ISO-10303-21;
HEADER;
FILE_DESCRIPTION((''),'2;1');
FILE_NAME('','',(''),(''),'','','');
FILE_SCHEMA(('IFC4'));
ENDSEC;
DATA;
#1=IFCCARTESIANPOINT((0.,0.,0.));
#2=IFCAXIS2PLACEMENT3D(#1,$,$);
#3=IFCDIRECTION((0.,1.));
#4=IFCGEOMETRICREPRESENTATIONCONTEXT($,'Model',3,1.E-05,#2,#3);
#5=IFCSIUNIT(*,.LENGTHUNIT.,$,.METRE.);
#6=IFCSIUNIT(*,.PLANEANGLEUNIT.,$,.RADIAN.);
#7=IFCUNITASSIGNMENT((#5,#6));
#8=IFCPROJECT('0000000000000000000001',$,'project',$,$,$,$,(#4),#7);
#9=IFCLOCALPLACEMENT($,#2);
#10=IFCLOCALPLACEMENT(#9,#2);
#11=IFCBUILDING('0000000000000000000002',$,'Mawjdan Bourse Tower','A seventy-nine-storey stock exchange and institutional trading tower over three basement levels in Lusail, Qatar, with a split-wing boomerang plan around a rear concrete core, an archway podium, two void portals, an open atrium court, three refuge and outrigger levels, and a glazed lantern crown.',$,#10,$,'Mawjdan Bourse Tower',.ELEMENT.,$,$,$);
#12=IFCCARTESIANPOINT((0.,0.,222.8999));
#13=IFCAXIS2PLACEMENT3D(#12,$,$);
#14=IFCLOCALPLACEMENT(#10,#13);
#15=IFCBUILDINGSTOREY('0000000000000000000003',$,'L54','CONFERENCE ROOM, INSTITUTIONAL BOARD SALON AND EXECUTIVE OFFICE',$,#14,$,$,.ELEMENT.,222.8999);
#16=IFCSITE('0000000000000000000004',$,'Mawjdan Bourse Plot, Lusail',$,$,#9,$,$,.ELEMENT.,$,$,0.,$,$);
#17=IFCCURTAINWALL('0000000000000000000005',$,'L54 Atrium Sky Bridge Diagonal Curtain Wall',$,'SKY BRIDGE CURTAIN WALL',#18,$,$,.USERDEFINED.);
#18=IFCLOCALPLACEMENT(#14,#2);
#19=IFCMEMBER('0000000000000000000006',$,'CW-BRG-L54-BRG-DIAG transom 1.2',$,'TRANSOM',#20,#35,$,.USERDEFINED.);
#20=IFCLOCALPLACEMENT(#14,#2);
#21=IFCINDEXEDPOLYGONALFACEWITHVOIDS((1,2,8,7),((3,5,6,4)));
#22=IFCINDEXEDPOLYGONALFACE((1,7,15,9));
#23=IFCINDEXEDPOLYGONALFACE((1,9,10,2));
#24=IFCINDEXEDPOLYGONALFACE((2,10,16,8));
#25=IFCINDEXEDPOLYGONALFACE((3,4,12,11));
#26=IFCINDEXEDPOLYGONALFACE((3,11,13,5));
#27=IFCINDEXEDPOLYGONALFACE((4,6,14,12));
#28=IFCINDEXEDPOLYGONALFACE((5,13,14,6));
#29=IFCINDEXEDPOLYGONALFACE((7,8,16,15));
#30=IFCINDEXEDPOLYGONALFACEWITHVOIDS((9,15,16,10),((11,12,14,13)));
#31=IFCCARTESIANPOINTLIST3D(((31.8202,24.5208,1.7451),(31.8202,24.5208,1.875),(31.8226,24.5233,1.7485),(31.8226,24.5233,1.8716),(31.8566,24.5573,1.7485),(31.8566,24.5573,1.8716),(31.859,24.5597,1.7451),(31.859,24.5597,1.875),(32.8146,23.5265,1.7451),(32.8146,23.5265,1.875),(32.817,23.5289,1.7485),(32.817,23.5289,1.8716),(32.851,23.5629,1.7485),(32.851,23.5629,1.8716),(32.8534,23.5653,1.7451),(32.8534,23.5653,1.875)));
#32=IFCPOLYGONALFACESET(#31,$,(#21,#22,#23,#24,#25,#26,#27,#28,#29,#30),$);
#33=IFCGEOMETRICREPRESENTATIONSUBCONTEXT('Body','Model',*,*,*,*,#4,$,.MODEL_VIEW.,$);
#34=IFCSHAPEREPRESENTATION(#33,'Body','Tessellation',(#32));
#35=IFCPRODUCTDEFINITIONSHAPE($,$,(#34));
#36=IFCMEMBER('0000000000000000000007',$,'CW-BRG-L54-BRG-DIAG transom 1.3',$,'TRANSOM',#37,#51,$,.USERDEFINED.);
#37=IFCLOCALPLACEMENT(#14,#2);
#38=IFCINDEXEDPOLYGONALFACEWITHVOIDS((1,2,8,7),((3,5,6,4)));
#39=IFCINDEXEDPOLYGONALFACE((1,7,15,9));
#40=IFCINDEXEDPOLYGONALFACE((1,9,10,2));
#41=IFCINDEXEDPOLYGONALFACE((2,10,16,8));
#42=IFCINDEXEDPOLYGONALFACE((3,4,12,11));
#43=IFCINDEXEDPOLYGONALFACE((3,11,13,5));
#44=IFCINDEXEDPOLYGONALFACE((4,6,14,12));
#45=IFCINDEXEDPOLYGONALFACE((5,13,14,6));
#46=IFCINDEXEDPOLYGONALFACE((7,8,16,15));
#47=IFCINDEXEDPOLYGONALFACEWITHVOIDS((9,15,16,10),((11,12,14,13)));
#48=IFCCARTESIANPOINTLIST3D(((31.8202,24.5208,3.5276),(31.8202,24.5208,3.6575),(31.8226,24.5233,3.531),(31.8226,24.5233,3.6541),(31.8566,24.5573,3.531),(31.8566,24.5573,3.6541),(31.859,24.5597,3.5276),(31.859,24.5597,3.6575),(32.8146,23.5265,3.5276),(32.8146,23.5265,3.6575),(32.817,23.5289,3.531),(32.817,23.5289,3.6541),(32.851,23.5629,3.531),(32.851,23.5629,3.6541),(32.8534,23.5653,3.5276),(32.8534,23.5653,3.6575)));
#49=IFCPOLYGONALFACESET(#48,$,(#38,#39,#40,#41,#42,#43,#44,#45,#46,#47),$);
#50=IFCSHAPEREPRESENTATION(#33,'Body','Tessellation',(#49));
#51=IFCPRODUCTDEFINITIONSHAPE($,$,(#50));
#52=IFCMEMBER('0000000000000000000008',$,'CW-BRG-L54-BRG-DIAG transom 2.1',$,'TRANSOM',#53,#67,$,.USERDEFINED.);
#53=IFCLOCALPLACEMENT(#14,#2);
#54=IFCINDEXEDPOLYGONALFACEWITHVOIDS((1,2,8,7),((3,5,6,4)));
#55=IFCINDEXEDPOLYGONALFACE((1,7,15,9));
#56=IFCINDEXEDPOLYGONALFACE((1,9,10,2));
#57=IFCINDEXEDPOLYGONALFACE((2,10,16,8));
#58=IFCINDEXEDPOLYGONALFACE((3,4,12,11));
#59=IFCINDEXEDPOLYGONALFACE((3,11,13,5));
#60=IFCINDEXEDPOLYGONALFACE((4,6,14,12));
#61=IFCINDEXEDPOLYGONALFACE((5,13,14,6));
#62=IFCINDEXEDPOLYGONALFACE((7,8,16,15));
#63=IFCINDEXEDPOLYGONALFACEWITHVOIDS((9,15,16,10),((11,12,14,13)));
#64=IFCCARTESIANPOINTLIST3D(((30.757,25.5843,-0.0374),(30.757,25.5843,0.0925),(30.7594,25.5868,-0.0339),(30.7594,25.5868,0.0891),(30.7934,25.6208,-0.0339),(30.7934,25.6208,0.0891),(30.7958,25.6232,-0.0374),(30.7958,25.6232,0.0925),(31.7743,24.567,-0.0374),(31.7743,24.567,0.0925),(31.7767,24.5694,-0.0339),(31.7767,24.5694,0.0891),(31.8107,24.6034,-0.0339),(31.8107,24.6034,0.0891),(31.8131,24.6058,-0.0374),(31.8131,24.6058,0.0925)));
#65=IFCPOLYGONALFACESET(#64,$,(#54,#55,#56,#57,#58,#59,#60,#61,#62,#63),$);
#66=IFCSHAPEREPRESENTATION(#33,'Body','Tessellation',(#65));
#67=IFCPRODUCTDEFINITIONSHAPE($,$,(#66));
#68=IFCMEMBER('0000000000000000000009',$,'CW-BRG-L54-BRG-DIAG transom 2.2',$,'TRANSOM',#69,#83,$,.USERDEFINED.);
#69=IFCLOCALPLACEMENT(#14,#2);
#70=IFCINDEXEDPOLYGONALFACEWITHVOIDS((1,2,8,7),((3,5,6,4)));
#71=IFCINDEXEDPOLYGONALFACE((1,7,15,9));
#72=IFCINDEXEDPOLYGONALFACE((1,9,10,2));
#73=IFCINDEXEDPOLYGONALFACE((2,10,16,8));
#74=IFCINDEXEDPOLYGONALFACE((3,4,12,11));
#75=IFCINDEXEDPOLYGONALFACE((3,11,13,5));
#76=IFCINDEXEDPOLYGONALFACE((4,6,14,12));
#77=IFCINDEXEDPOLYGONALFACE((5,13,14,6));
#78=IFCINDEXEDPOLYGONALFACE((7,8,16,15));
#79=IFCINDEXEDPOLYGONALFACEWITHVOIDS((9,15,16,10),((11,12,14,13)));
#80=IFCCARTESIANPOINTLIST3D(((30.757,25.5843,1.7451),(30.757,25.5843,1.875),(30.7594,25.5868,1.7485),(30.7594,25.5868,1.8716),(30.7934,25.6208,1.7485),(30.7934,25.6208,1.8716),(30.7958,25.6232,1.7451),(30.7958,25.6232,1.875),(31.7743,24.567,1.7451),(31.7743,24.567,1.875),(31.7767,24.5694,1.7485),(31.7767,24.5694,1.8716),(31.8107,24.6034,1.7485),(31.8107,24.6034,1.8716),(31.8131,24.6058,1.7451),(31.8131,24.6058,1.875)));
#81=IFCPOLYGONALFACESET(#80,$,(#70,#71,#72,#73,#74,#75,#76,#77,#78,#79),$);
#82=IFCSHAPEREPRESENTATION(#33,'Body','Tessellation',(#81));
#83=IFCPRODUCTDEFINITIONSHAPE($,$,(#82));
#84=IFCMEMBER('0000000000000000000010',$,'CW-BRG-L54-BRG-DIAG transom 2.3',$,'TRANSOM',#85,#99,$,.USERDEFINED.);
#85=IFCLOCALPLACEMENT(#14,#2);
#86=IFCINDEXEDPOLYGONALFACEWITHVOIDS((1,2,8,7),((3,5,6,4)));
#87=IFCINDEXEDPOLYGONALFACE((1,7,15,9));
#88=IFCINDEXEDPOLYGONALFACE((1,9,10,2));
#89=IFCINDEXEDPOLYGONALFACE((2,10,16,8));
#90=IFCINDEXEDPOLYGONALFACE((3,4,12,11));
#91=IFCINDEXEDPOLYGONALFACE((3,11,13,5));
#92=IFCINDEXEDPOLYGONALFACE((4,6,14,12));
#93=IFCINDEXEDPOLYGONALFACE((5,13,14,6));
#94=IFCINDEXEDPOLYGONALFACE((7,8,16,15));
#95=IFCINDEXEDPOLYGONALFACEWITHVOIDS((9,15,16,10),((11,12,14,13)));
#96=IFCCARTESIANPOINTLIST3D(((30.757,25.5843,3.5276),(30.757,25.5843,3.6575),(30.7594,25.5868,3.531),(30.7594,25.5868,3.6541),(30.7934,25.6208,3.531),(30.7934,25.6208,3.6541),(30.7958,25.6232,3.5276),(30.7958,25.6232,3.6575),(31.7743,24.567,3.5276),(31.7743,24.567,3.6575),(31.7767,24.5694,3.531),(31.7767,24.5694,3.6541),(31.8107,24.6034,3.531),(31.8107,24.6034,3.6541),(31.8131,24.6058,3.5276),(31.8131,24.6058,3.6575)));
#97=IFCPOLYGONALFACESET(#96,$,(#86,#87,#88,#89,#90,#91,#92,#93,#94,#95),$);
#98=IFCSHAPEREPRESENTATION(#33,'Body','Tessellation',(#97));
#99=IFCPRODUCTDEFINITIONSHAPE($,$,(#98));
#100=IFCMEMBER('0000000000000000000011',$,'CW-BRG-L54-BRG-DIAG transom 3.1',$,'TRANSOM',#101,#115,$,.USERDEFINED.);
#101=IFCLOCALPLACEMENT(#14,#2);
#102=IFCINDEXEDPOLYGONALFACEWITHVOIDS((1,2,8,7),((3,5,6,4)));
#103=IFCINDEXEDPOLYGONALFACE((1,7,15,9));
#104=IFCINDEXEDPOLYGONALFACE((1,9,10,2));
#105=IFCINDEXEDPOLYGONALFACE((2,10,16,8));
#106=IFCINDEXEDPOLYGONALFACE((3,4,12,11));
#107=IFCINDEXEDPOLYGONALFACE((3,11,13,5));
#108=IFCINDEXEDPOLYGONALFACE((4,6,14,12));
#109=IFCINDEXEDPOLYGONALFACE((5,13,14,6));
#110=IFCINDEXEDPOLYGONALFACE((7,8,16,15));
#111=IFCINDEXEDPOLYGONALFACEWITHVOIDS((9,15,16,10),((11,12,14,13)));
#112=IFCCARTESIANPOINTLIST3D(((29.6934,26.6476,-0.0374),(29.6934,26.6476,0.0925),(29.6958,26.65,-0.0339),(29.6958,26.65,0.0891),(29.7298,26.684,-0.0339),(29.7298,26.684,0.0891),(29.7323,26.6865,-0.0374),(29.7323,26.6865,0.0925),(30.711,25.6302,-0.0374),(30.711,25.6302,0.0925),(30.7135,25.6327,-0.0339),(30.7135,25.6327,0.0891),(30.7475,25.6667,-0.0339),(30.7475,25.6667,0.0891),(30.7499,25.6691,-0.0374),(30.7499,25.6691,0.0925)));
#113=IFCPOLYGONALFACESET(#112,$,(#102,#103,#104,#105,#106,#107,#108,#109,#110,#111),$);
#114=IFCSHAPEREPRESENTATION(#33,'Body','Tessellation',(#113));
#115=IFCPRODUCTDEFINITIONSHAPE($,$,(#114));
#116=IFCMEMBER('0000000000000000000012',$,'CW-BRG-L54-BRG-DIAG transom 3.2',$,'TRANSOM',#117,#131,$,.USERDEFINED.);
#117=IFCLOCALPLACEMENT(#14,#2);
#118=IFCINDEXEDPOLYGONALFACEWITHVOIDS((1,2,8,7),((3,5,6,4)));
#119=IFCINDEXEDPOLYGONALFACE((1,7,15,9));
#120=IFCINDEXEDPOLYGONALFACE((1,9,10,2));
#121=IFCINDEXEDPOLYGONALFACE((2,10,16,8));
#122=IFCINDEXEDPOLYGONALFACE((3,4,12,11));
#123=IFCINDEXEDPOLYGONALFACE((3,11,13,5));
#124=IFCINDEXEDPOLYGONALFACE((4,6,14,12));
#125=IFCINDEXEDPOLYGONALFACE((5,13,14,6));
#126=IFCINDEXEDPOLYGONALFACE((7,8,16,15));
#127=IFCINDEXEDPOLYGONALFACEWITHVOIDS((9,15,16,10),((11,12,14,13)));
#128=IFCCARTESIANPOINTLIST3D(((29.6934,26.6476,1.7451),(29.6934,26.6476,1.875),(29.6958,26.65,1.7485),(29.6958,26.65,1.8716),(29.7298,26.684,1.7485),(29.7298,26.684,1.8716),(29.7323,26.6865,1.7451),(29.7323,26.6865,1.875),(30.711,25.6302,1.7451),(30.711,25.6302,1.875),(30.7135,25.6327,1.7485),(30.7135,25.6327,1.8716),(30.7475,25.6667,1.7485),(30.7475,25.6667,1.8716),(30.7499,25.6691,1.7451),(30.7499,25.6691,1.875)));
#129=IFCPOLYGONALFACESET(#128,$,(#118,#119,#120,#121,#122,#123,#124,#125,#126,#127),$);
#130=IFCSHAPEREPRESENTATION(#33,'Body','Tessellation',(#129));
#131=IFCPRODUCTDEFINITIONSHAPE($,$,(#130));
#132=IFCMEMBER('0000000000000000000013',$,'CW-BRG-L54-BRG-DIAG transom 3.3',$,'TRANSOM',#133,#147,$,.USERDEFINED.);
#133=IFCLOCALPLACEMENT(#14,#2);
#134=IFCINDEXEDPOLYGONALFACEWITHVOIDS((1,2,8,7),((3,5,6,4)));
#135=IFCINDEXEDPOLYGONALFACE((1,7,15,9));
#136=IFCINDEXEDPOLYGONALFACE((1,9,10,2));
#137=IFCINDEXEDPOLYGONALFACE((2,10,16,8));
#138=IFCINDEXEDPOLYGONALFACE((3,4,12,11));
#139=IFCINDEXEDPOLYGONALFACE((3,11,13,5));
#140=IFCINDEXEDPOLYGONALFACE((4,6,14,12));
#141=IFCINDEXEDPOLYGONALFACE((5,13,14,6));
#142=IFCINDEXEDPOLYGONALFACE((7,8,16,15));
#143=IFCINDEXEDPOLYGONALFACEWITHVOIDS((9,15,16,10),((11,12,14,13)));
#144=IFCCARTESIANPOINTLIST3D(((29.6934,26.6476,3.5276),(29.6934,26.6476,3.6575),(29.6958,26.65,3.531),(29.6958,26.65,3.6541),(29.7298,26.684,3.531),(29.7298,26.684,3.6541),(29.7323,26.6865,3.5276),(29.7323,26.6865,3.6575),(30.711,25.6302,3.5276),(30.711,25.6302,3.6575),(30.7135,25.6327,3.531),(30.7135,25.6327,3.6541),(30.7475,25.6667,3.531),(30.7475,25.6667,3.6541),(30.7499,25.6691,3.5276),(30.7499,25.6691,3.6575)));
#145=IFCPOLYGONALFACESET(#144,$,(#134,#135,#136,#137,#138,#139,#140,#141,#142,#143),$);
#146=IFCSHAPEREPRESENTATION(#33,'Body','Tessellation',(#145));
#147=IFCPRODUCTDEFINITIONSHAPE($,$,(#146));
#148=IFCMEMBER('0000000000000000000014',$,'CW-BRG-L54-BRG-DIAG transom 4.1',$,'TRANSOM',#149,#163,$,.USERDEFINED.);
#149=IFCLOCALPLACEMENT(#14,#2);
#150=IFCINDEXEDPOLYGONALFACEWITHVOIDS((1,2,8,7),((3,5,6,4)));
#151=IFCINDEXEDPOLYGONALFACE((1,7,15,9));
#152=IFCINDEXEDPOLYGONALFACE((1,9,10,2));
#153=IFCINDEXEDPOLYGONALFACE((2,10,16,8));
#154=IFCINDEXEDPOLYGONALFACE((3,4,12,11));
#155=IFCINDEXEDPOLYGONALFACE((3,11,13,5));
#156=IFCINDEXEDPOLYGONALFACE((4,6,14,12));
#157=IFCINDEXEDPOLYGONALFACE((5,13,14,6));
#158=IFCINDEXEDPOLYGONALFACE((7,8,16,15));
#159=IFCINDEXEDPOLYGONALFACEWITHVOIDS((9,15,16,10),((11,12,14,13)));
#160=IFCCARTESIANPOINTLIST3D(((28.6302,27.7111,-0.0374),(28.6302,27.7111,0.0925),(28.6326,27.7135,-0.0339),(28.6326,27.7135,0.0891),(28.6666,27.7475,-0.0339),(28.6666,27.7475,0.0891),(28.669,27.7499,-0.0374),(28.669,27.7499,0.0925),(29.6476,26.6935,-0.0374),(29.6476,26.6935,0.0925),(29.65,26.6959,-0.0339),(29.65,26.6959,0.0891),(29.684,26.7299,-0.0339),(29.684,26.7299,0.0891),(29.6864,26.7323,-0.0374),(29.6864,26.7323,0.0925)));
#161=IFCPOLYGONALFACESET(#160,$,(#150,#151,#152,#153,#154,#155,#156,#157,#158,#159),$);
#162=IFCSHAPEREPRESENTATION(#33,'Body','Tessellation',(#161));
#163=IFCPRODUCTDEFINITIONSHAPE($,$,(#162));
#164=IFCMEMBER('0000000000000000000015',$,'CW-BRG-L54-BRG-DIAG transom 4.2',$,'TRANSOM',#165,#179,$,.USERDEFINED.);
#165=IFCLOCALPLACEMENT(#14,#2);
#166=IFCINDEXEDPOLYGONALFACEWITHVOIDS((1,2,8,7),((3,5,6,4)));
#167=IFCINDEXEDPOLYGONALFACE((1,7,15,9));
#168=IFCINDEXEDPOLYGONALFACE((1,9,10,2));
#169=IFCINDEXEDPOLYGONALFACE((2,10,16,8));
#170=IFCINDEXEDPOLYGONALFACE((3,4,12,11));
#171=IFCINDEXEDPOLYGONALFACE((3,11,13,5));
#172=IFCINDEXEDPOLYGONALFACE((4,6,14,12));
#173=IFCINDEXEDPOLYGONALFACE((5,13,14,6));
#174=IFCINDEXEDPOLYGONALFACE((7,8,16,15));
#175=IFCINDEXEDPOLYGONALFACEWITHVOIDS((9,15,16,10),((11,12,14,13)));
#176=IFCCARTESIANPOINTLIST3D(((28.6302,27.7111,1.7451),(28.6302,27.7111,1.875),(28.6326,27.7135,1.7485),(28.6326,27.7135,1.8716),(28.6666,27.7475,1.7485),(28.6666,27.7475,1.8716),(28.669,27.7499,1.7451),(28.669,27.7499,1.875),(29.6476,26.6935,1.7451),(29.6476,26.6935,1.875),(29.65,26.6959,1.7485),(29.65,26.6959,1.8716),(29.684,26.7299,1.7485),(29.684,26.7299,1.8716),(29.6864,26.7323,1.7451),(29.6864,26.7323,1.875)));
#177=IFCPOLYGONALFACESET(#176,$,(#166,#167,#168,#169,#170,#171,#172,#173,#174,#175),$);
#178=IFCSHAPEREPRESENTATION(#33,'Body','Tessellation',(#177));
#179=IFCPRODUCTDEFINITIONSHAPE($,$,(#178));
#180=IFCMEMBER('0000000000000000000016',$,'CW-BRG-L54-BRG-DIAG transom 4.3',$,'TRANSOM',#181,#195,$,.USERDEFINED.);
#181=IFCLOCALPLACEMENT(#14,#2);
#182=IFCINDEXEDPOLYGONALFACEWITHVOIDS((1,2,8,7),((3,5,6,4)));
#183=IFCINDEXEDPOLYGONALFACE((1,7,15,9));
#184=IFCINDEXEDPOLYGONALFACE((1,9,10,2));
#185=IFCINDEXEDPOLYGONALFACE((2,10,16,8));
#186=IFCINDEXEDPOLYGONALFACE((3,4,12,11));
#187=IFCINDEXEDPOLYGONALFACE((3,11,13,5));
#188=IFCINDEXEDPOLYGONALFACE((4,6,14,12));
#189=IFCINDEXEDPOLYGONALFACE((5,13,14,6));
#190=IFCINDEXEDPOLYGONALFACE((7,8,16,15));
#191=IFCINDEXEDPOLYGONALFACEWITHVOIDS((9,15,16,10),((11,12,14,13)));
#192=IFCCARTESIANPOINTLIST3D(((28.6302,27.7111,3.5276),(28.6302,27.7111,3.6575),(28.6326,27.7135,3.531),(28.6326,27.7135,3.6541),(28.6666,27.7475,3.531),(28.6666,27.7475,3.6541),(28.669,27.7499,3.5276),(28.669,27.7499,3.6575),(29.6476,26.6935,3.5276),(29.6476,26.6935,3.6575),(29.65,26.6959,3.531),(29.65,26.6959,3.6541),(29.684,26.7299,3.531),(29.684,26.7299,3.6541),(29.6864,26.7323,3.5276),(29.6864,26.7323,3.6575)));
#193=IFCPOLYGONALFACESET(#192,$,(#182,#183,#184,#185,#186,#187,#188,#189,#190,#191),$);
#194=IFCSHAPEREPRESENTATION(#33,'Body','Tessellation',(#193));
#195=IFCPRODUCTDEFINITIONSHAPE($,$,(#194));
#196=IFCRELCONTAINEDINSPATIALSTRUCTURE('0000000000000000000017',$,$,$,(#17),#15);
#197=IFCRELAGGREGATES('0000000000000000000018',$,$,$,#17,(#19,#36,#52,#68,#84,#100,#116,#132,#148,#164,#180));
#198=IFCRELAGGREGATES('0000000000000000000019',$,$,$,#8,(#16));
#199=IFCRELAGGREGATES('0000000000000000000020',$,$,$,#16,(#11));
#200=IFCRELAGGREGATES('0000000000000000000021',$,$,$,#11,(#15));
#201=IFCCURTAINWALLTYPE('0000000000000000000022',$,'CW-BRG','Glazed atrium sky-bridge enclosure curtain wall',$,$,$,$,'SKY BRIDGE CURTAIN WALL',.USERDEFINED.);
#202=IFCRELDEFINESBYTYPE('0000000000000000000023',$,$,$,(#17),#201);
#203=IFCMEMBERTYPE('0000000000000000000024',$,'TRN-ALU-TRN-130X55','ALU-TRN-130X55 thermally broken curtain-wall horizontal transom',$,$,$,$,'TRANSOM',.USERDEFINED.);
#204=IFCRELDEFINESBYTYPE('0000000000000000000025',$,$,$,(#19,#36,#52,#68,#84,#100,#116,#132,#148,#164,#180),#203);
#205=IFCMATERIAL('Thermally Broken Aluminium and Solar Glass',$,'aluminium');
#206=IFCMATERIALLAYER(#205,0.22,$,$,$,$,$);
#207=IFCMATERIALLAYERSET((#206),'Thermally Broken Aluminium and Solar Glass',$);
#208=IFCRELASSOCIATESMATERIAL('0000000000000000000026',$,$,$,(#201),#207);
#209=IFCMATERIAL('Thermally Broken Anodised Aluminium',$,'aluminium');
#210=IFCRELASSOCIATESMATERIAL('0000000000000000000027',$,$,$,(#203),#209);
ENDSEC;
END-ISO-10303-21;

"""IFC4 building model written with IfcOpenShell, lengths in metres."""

from ifc_helpers import new_model, si_unit, direction, frame, origin, origin_2d, place, context, subcontext, project, spatial, hollow_rectangle, extrude, material, layer, layer_set, material_profile, profile_set, type_object, element, aggregate, save


model = new_model("IFC4")

# Units and contexts
model_context = context("Model", 3, precision=1e-05, world=origin(), true_north=direction((0.0, 1.0)))
body_context = subcontext(model_context, "Body", "Model", "MODEL_VIEW")
ifc_project = project(units=[si_unit("LENGTHUNIT", "METRE"), si_unit("PLANEANGLEUNIT", "RADIAN")], contexts=[model_context])

# Site, building, storey
site_placement = place(None, origin())
site = spatial("IfcSite", under=ifc_project, at=site_placement, Name="Mawjdan Bourse Plot, Lusail", CompositionType="ELEMENT", RefElevation=0.0)
building_placement = place(site_placement, origin())
building = spatial("IfcBuilding", under=site, at=building_placement, Name="Mawjdan Bourse Tower", Description="A seventy-nine-storey stock exchange and institutional trading tower over three basement levels in Lusail, Qatar, with a split-wing boomerang plan around a rear concrete core, an archway podium, two void portals, an open atrium court, three refuge and outrigger levels, and a glazed lantern crown.", LongName="Mawjdan Bourse Tower", CompositionType="ELEMENT")
storey_placement = place(building_placement, frame((0.0, 0.0, 222.8999)))
storey = spatial("IfcBuildingStorey", under=building, at=storey_placement, Name="L54", Description="CONFERENCE ROOM, INSTITUTIONAL BOARD SALON AND EXECUTIVE OFFICE", CompositionType="ELEMENT", Elevation=222.8999)

# Curtain wall
ifc_material_1 = material(Name="Thermally Broken Aluminium and Solar Glass", Category="aluminium")
ifc_layer_1 = layer(ifc_material_1, 0.22)
ifc_layer_set_1 = layer_set([ifc_layer_1], Name="Thermally Broken Aluminium and Solar Glass")
curtain_wall_type = type_object("IfcCurtainWallType", Name="CW-BRG", Description="Glazed atrium sky-bridge enclosure curtain wall", ElementType="SKY BRIDGE CURTAIN WALL", PredefinedType="USERDEFINED", material=ifc_layer_set_1)
curtain_wall_placement = place(storey_placement, origin())
curtain_wall = element("IfcCurtainWall", 1, at=curtain_wall_placement, inside=storey, type_object=curtain_wall_type, Name="L54 Atrium Sky Bridge Diagonal Curtain Wall", ObjectType="SKY BRIDGE CURTAIN WALL", PredefinedType="USERDEFINED")
ifc_material_2 = material(Name="Thermally Broken Anodised Aluminium", Category="aluminium")

# Members
ifc_material_profile_1 = material_profile(ifc_material_2, hollow_rectangle(XDim=0.0549, YDim=0.1299, WallThickness=0.0034, at=origin_2d()), Name="ALU-TRN-130X55")
ifc_profile_set_1 = profile_set([ifc_material_profile_1], Name="Thermally Broken Anodised Aluminium")
member_type_1 = type_object("IfcMemberType", Name="TRN-ALU-TRN-130X55", Description="ALU-TRN-130X55 thermally broken curtain-wall horizontal transom", ElementType="TRANSOM", PredefinedType="USERDEFINED", material=ifc_profile_set_1)
member_1_placement = place(storey_placement, frame((32.834, 23.5459, 1.8101), z_axis=(-0.707107, 0.707107, 0.0), x_axis=(-0.707107, -0.707107, 0.0)))
member_1 = element("IfcMember", 2, at=member_1_placement, type_object=member_type_1, Name="CW-BRG-L54-BRG-DIAG transom 1.2", ObjectType="TRANSOM", PredefinedType="USERDEFINED", context=body_context, shape_type="SweptSolid", body=[
    extrude(hollow_rectangle(XDim=0.0549, YDim=0.1299, WallThickness=0.0034, at=origin_2d()), origin(), (0.0, 0.0, 1.0), 1.4062),
])
member_2_placement = place(storey_placement, frame((32.834, 23.5459, 3.5925), z_axis=(-0.707107, 0.707107, 0.0), x_axis=(-0.707107, -0.707107, 0.0)))
member_2 = element("IfcMember", 3, at=member_2_placement, type_object=member_type_1, Name="CW-BRG-L54-BRG-DIAG transom 1.3", ObjectType="TRANSOM", PredefinedType="USERDEFINED", context=body_context, shape_type="SweptSolid", body=[
    extrude(hollow_rectangle(XDim=0.0549, YDim=0.1299, WallThickness=0.0034, at=origin_2d()), origin(), (0.0, 0.0, 1.0), 1.4062),
])
member_3_placement = place(storey_placement, frame((31.7937, 24.5864, 0.0276), z_axis=(-0.707107, 0.707107, 0.0), x_axis=(-0.707107, -0.707107, 0.0)))
member_3 = element("IfcMember", 4, at=member_3_placement, type_object=member_type_1, Name="CW-BRG-L54-BRG-DIAG transom 2.1", ObjectType="TRANSOM", PredefinedType="USERDEFINED", context=body_context, shape_type="SweptSolid", body=[
    extrude(hollow_rectangle(XDim=0.0549, YDim=0.1299, WallThickness=0.0034, at=origin_2d()), origin(), (0.0, 0.0, 1.0), 1.4387),
])
member_4_placement = place(storey_placement, frame((31.7937, 24.5864, 1.8101), z_axis=(-0.707107, 0.707107, 0.0), x_axis=(-0.707107, -0.707107, 0.0)))
member_4 = element("IfcMember", 5, at=member_4_placement, type_object=member_type_1, Name="CW-BRG-L54-BRG-DIAG transom 2.2", ObjectType="TRANSOM", PredefinedType="USERDEFINED", context=body_context, shape_type="SweptSolid", body=[
    extrude(hollow_rectangle(XDim=0.0549, YDim=0.1299, WallThickness=0.0034, at=origin_2d()), origin(), (0.0, 0.0, 1.0), 1.4387),
])
member_5_placement = place(storey_placement, frame((31.7937, 24.5864, 3.5925), z_axis=(-0.707107, 0.707107, 0.0), x_axis=(-0.707107, -0.707107, 0.0)))
member_5 = element("IfcMember", 6, at=member_5_placement, type_object=member_type_1, Name="CW-BRG-L54-BRG-DIAG transom 2.3", ObjectType="TRANSOM", PredefinedType="USERDEFINED", context=body_context, shape_type="SweptSolid", body=[
    extrude(hollow_rectangle(XDim=0.0549, YDim=0.1299, WallThickness=0.0034, at=origin_2d()), origin(), (0.0, 0.0, 1.0), 1.4387),
])
member_6_placement = place(storey_placement, frame((30.7305, 25.6497, 0.0276), z_axis=(-0.707192, 0.707022, 0.0), x_axis=(-0.707022, -0.707192, 0.0)))
member_6 = element("IfcMember", 7, at=member_6_placement, type_object=member_type_1, Name="CW-BRG-L54-BRG-DIAG transom 3.1", ObjectType="TRANSOM", PredefinedType="USERDEFINED", context=body_context, shape_type="SweptSolid", body=[
    extrude(hollow_rectangle(XDim=0.0549, YDim=0.1299, WallThickness=0.0034, at=origin_2d()), origin(), (0.0, 0.0, 1.0), 1.439),
])
member_7_placement = place(storey_placement, frame((30.7305, 25.6497, 1.8101), z_axis=(-0.707192, 0.707022, 0.0), x_axis=(-0.707022, -0.707192, 0.0)))
member_7 = element("IfcMember", 8, at=member_7_placement, type_object=member_type_1, Name="CW-BRG-L54-BRG-DIAG transom 3.2", ObjectType="TRANSOM", PredefinedType="USERDEFINED", context=body_context, shape_type="SweptSolid", body=[
    extrude(hollow_rectangle(XDim=0.0549, YDim=0.1299, WallThickness=0.0034, at=origin_2d()), origin(), (0.0, 0.0, 1.0), 1.439),
])
member_8_placement = place(storey_placement, frame((30.7305, 25.6497, 3.5925), z_axis=(-0.707192, 0.707022, 0.0), x_axis=(-0.707022, -0.707192, 0.0)))
member_8 = element("IfcMember", 9, at=member_8_placement, type_object=member_type_1, Name="CW-BRG-L54-BRG-DIAG transom 3.3", ObjectType="TRANSOM", PredefinedType="USERDEFINED", context=body_context, shape_type="SweptSolid", body=[
    extrude(hollow_rectangle(XDim=0.0549, YDim=0.1299, WallThickness=0.0034, at=origin_2d()), origin(), (0.0, 0.0, 1.0), 1.439),
])
member_9_placement = place(storey_placement, frame((29.667, 26.7129, 0.0276), z_axis=(-0.707022, 0.707192, 0.0), x_axis=(-0.707192, -0.707022, 0.0)))
member_9 = element("IfcMember", 10, at=member_9_placement, type_object=member_type_1, Name="CW-BRG-L54-BRG-DIAG transom 4.1", ObjectType="TRANSOM", PredefinedType="USERDEFINED", context=body_context, shape_type="SweptSolid", body=[
    extrude(hollow_rectangle(XDim=0.0549, YDim=0.1299, WallThickness=0.0034, at=origin_2d()), origin(), (0.0, 0.0, 1.0), 1.439),
])
member_10_placement = place(storey_placement, frame((29.667, 26.7129, 1.8101), z_axis=(-0.707022, 0.707192, 0.0), x_axis=(-0.707192, -0.707022, 0.0)))
member_10 = element("IfcMember", 11, at=member_10_placement, type_object=member_type_1, Name="CW-BRG-L54-BRG-DIAG transom 4.2", ObjectType="TRANSOM", PredefinedType="USERDEFINED", context=body_context, shape_type="SweptSolid", body=[
    extrude(hollow_rectangle(XDim=0.0549, YDim=0.1299, WallThickness=0.0034, at=origin_2d()), origin(), (0.0, 0.0, 1.0), 1.439),
])
member_11_placement = place(storey_placement, frame((29.667, 26.7129, 3.5925), z_axis=(-0.707022, 0.707192, 0.0), x_axis=(-0.707192, -0.707022, 0.0)))
member_11 = element("IfcMember", 12, at=member_11_placement, type_object=member_type_1, Name="CW-BRG-L54-BRG-DIAG transom 4.3", ObjectType="TRANSOM", PredefinedType="USERDEFINED", context=body_context, shape_type="SweptSolid", body=[
    extrude(hollow_rectangle(XDim=0.0549, YDim=0.1299, WallThickness=0.0034, at=origin_2d()), origin(), (0.0, 0.0, 1.0), 1.439),
])

aggregate(curtain_wall, [member_1, member_2, member_3, member_4, member_5, member_6, member_7, member_8, member_9, member_10, member_11])

save(model, "model.ifc")
